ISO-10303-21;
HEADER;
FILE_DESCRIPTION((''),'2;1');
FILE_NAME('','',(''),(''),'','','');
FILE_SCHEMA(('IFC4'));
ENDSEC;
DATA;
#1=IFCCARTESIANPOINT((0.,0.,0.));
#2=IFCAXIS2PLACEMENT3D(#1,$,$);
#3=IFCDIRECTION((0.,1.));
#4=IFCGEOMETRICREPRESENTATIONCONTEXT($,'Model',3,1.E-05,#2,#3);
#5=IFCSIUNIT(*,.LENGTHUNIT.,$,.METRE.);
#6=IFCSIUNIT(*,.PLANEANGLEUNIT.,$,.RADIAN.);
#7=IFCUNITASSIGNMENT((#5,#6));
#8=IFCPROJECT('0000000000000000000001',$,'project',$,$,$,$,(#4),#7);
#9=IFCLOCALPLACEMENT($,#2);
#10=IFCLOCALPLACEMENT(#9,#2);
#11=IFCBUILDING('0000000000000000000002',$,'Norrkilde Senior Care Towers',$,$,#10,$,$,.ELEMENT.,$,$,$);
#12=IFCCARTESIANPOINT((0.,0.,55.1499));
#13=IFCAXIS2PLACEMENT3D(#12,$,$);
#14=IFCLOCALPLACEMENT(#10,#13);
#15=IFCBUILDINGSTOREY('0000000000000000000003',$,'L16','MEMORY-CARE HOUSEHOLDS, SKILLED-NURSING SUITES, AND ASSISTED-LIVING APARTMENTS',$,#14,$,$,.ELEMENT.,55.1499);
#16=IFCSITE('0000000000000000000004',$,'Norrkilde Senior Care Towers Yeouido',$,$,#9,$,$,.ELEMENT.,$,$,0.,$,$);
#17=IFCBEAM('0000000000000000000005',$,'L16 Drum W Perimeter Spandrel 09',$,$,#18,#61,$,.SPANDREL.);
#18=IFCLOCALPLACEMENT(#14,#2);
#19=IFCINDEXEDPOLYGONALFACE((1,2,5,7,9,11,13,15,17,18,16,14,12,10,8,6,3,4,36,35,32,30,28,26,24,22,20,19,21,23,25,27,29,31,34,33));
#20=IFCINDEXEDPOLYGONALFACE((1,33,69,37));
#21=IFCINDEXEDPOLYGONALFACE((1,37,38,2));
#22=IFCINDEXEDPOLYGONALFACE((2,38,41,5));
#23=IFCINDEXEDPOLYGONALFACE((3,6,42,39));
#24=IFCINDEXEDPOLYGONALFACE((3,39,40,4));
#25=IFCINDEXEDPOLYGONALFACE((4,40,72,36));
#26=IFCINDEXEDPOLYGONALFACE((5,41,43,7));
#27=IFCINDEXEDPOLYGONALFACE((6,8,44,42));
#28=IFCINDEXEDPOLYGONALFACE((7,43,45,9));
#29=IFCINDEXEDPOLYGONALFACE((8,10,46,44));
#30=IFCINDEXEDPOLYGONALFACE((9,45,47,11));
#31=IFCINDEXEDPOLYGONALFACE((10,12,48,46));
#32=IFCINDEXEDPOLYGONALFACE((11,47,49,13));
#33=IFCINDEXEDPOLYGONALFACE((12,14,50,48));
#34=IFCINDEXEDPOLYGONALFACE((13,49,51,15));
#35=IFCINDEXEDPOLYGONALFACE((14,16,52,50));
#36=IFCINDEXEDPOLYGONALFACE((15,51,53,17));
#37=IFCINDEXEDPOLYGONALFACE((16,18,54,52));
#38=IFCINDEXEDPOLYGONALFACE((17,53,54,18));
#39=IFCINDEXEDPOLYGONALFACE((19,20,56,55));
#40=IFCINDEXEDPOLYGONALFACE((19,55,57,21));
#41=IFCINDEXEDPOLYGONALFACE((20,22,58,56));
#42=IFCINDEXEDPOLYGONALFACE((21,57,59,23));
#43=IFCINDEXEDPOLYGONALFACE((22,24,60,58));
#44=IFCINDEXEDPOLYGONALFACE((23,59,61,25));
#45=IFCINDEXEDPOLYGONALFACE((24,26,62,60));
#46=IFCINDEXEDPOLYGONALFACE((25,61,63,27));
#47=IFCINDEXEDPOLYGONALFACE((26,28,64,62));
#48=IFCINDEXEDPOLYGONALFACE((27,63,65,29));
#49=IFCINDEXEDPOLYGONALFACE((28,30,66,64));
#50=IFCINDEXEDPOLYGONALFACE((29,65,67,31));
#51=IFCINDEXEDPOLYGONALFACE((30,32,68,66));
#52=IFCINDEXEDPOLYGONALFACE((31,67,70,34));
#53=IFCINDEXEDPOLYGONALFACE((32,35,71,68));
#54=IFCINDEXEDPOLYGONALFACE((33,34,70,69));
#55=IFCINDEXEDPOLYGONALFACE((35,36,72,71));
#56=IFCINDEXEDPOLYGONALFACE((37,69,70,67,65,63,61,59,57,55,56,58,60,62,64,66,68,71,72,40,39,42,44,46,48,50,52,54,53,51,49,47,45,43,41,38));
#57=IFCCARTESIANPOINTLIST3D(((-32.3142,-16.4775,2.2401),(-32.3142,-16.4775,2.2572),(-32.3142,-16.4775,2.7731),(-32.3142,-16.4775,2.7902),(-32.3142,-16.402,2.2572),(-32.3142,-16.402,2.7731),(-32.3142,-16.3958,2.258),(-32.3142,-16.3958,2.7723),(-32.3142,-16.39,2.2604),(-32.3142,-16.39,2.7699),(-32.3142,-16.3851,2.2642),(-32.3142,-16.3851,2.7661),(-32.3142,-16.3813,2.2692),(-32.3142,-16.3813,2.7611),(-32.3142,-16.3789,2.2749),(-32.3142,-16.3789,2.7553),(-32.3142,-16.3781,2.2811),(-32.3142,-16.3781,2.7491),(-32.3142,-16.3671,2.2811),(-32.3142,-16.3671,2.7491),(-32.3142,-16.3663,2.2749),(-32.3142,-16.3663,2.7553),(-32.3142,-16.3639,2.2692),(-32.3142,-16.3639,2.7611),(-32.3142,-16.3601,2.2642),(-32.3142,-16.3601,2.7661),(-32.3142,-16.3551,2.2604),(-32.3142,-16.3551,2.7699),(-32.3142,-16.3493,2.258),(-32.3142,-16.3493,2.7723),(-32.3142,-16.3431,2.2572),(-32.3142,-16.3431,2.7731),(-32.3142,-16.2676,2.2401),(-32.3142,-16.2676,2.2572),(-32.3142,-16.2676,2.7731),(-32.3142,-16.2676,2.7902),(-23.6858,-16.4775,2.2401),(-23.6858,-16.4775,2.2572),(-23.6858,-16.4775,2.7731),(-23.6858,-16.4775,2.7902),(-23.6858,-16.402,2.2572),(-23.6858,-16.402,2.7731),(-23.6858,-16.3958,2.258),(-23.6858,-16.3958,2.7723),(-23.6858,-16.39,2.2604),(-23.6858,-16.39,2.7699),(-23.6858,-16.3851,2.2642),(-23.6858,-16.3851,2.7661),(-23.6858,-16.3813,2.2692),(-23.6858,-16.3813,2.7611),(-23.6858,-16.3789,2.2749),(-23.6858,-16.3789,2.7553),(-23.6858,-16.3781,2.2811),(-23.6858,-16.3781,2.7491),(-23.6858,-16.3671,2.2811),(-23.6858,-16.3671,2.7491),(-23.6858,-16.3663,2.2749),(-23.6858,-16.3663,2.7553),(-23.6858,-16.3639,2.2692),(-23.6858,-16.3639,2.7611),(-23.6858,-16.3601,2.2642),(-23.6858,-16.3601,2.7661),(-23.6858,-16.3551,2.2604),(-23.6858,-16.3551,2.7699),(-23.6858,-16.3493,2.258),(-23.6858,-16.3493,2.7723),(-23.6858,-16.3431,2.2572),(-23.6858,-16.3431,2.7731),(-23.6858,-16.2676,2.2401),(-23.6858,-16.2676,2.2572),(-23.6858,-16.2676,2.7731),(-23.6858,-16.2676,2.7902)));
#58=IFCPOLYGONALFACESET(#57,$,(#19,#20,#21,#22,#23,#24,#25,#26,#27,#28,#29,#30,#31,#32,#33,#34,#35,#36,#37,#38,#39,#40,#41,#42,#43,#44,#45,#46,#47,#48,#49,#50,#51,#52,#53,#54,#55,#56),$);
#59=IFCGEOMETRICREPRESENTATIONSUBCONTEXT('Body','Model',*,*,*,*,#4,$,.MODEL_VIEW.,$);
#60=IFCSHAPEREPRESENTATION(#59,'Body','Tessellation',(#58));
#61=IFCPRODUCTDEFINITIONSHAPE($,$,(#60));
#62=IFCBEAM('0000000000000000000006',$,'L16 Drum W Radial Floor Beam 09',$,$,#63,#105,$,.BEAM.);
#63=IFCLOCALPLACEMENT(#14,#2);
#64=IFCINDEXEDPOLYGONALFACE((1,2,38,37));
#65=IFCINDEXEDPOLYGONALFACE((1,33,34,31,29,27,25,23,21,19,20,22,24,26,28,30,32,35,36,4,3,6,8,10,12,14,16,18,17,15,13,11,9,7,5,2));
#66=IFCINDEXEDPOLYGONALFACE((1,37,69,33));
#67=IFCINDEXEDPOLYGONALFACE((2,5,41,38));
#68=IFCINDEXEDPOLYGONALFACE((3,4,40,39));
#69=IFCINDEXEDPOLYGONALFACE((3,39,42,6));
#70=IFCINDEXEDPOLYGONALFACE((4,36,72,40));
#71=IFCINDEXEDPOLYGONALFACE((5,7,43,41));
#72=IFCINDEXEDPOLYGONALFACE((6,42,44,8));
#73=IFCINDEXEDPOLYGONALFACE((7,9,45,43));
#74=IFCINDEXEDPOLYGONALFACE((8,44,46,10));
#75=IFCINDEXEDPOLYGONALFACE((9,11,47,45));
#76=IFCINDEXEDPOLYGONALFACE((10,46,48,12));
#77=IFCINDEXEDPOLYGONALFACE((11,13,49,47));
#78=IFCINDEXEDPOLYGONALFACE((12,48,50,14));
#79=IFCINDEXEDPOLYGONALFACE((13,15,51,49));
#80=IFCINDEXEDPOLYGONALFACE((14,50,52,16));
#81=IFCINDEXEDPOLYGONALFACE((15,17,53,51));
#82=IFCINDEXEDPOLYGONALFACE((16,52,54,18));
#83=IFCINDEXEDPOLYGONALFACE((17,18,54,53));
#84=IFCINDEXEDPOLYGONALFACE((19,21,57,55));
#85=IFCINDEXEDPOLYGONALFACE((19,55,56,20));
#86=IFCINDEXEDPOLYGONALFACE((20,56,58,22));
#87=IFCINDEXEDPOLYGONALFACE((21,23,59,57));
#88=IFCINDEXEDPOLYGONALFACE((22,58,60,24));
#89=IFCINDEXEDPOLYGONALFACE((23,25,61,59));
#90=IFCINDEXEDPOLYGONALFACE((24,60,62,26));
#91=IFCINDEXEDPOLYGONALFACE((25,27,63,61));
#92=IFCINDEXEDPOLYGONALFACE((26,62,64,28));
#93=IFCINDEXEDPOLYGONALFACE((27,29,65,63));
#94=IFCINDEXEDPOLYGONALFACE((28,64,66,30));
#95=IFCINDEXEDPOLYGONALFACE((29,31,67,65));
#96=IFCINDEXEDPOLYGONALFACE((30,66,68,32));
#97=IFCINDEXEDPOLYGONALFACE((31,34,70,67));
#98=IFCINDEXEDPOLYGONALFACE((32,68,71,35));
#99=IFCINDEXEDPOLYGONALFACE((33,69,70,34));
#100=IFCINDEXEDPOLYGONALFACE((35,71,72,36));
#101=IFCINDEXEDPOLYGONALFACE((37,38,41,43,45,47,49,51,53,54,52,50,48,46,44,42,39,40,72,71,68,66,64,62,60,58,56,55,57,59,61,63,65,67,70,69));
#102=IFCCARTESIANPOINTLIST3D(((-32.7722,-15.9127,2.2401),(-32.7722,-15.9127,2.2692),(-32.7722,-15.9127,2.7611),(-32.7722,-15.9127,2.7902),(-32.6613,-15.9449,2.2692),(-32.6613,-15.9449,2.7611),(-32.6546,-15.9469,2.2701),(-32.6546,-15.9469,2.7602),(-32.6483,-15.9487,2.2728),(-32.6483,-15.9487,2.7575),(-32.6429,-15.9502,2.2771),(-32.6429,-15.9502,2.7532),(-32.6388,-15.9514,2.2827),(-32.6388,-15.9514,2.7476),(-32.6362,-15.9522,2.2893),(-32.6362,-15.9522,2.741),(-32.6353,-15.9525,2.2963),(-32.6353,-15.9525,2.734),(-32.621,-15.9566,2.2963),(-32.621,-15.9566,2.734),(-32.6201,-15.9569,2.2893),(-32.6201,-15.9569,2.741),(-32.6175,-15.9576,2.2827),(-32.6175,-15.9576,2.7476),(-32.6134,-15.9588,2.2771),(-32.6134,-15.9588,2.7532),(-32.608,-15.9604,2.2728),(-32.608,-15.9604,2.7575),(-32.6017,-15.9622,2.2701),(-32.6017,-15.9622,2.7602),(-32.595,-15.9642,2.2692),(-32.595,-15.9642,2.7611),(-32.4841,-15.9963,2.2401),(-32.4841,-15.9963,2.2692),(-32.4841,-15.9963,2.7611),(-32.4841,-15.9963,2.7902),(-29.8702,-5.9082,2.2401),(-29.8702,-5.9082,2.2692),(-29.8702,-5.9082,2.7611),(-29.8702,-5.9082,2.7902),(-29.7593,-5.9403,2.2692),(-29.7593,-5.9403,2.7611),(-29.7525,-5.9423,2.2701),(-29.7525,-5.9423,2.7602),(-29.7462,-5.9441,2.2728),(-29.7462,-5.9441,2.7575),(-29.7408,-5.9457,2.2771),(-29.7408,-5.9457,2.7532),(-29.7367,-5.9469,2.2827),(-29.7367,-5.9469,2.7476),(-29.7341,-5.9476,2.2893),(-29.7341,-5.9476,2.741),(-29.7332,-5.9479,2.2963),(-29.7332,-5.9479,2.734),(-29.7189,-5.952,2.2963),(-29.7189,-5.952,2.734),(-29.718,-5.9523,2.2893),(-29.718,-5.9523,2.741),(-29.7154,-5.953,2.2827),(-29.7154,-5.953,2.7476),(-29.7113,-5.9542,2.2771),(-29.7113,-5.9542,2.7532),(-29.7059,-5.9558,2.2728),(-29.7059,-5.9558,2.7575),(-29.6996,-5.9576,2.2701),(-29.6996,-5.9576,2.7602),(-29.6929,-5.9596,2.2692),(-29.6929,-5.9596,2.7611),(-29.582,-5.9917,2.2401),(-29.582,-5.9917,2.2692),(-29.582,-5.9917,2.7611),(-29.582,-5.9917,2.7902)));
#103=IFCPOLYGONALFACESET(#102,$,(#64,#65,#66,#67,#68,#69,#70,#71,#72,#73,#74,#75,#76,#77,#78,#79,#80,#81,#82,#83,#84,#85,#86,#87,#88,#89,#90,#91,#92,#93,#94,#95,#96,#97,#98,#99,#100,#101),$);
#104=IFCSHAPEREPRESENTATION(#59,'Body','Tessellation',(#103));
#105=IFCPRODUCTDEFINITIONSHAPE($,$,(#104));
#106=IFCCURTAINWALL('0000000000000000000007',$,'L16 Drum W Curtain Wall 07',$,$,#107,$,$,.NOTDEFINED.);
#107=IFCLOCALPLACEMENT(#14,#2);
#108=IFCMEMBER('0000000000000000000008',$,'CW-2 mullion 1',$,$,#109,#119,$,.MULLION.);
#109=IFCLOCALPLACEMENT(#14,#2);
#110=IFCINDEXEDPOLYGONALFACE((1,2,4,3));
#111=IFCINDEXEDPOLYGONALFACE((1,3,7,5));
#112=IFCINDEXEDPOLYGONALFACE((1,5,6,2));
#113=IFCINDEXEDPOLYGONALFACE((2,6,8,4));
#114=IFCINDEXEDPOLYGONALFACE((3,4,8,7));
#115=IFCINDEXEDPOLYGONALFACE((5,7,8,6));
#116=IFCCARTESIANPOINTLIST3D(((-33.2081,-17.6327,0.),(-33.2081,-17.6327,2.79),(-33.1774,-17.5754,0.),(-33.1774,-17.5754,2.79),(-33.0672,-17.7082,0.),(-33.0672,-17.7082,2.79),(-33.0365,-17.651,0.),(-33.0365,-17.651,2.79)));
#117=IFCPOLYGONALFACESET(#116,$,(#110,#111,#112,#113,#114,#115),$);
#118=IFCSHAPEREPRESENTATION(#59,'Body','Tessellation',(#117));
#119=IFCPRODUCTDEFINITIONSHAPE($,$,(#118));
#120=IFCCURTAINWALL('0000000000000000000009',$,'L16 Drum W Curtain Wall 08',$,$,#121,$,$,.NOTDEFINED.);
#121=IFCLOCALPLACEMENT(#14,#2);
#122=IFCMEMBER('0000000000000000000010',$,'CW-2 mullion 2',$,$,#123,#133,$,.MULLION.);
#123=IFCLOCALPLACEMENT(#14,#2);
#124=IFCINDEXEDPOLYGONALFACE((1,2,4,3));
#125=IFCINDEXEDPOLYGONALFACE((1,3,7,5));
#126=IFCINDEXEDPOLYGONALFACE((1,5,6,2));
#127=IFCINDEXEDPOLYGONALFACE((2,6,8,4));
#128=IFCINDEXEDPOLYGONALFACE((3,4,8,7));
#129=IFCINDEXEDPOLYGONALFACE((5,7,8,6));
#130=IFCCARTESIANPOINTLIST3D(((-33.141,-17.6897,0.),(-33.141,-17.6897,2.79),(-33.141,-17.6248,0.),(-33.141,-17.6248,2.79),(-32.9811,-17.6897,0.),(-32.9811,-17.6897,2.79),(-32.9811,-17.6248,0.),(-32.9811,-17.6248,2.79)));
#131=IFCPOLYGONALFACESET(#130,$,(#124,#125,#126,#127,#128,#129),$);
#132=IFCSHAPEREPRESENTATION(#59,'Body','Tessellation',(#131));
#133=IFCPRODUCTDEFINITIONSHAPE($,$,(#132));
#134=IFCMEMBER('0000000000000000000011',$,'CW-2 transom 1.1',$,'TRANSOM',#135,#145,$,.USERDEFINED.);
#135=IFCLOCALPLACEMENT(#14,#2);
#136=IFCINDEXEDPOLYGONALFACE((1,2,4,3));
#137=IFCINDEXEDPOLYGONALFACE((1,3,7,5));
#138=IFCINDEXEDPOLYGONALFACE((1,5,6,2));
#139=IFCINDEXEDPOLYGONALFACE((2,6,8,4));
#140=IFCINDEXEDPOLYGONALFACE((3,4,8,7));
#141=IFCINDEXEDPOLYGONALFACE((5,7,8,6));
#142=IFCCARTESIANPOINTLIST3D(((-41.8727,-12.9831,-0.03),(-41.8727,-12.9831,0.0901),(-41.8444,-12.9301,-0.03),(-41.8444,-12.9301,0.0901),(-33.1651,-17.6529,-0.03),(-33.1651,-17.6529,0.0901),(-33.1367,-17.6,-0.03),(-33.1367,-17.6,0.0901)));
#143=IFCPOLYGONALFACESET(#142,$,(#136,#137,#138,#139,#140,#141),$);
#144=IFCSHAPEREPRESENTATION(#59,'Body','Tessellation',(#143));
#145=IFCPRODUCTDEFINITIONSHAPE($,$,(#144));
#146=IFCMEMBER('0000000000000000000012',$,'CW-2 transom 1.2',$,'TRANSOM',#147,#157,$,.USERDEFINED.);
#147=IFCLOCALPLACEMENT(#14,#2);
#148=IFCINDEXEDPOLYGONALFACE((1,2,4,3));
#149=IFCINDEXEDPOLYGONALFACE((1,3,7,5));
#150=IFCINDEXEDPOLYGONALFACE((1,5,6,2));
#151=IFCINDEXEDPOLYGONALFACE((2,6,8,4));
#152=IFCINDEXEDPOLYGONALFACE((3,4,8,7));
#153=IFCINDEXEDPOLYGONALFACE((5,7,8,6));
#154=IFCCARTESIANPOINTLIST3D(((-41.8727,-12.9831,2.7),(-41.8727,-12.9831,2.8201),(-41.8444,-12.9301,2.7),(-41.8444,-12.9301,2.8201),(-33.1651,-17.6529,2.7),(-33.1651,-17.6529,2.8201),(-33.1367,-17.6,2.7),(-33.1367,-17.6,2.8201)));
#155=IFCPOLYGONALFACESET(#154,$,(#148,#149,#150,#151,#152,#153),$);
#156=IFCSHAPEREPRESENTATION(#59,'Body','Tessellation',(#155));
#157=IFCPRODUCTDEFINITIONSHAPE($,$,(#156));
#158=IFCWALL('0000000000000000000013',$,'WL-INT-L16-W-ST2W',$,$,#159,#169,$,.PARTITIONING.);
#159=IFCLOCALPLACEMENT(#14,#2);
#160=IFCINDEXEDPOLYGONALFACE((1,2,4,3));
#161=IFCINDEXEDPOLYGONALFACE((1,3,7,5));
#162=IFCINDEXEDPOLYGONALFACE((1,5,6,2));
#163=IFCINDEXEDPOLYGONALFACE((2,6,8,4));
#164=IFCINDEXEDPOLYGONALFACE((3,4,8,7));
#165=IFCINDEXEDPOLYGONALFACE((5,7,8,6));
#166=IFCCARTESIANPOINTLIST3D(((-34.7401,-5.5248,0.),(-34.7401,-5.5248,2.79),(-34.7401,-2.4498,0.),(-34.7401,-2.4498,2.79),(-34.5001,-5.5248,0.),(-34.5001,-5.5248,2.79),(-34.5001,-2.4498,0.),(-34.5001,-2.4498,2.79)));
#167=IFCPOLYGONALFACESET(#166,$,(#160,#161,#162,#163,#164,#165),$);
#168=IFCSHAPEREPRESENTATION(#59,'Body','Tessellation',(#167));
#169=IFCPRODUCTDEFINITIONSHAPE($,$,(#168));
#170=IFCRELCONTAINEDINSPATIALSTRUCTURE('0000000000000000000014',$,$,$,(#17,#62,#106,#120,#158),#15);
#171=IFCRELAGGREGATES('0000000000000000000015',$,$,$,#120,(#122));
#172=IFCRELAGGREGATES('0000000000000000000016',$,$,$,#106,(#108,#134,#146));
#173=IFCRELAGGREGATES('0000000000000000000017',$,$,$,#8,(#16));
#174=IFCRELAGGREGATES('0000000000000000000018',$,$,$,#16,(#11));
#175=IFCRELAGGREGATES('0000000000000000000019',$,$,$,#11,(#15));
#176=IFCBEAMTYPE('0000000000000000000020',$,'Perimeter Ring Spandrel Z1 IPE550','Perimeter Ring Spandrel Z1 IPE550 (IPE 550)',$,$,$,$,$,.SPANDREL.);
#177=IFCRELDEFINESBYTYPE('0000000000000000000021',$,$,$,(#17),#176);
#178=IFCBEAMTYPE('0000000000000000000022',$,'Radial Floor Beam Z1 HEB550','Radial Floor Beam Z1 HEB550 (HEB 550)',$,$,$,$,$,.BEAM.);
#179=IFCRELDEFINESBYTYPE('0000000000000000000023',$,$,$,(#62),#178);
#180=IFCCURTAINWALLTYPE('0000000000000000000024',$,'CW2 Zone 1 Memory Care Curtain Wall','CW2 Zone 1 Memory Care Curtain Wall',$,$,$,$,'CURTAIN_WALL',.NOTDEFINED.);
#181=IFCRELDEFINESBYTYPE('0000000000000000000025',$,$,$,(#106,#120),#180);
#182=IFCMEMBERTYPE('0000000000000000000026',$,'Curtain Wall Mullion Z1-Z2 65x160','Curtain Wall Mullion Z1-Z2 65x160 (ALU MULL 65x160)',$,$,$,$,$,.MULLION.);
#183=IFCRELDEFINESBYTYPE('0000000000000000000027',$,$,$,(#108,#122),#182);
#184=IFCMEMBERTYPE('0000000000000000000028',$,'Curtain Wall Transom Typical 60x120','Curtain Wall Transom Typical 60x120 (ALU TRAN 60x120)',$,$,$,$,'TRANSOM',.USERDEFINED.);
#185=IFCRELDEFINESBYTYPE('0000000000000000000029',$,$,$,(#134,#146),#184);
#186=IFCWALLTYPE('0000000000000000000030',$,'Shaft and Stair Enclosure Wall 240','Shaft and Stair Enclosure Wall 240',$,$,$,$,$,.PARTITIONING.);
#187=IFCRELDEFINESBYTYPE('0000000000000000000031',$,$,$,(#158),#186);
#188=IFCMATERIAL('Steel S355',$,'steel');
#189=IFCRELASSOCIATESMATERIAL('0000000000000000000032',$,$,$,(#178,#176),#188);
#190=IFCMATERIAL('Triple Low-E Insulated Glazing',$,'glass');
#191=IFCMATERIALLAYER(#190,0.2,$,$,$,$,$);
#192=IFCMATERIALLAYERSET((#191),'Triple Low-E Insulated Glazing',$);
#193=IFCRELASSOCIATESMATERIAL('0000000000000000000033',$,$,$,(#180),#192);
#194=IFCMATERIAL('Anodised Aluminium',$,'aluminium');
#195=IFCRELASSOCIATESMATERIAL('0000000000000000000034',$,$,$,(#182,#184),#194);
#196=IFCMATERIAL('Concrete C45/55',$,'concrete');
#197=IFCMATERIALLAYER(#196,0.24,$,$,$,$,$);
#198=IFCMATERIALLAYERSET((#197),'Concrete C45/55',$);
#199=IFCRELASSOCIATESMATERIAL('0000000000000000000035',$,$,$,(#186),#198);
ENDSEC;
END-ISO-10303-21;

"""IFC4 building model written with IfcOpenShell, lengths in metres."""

from ifc_helpers import new_model, si_unit, direction, frame, frame_2d, origin, origin_2d, place, context, subcontext, project, spatial, rectangle, i_section, extrude, source, transform, mapped, material, layer, layer_set, material_profile, profile_set, type_object, type_shapes, element, aggregate, save


model = new_model("IFC4")

# Units and contexts
model_context = context("Model", 3, precision=1e-05, world=origin(), true_north=direction((0.0, 1.0)))
body_context = subcontext(model_context, "Body", "Model", "MODEL_VIEW")
ifc_project = project(units=[si_unit("LENGTHUNIT", "METRE"), si_unit("PLANEANGLEUNIT", "RADIAN")], contexts=[model_context])

# Site, building, storey
site_placement = place(None, origin())
site = spatial("IfcSite", under=ifc_project, at=site_placement, Name="Norrkilde Senior Care Towers Yeouido", CompositionType="ELEMENT", RefElevation=0.0)
building_placement = place(site_placement, origin())
building = spatial("IfcBuilding", under=site, at=building_placement, Name="Norrkilde Senior Care Towers", CompositionType="ELEMENT")
storey_placement = place(building_placement, frame((0.0, 0.0, 55.1499)))
storey = spatial("IfcBuildingStorey", under=building, at=storey_placement, Name="L16", Description="MEMORY-CARE HOUSEHOLDS, SKILLED-NURSING SUITES, AND ASSISTED-LIVING APARTMENTS", CompositionType="ELEMENT", Elevation=55.1499)

# Beams
ifc_material_1 = material(Name="Steel S355", Category="steel")
ifc_material_profile_1 = material_profile(ifc_material_1, i_section(OverallWidth=0.3, OverallDepth=0.55, WebThickness=0.0149, FlangeThickness=0.0291, FilletRadius=0.0271, at=origin_2d()), Name="HEB 550")
ifc_profile_set_1 = profile_set([ifc_material_profile_1], Name="Steel S355")
beam_type_1 = type_object("IfcBeamType", Name="Radial Floor Beam Z1 HEB550", Description="Radial Floor Beam Z1 HEB550 (HEB 550)", PredefinedType="BEAM", material=ifc_profile_set_1)
ifc_material_profile_2 = material_profile(ifc_material_1, i_section(OverallWidth=0.21, OverallDepth=0.55, WebThickness=0.011, FlangeThickness=0.0171, FilletRadius=0.0239, at=origin_2d()), Name="IPE 550")
ifc_profile_set_2 = profile_set([ifc_material_profile_2], Name="Steel S355")
beam_type_2 = type_object("IfcBeamType", Name="Perimeter Ring Spandrel Z1 IPE550", Description="Perimeter Ring Spandrel Z1 IPE550 (IPE 550)", PredefinedType="SPANDREL", material=ifc_profile_set_2)
shared_shape_1 = source(origin(), body_context, "Body", "SweptSolid", [
    extrude(i_section(OverallWidth=0.21, OverallDepth=0.55, WebThickness=0.011, FlangeThickness=0.0171, FilletRadius=0.0239, at=origin_2d()), origin(), (0.0, 0.0, 1.0), 8.6284),
])
type_shapes(beam_type_2, [shared_shape_1])
beam_1_placement = place(storey_placement, frame((-32.3142, -16.3726, 2.5151), z_axis=(1.0, 0.0, 0.0), x_axis=(0.0, 1.0, 0.0)))
element("IfcBeam", 1, at=beam_1_placement, inside=storey, type_object=beam_type_2, Name="L16 Drum W Perimeter Spandrel 09", PredefinedType="SPANDREL", context=body_context, shape_type="MappedRepresentation", body=[
    mapped(shared_shape_1, transform((0.0, 0.0, 0.0), x_axis=(1.0, 0.0, 0.0), y_axis=(0.0, 1.0, 0.0), z_axis=(0.0, 0.0, 1.0), scale=1.0)),
])
shared_shape_2 = source(origin(), body_context, "Body", "SweptSolid", [
    extrude(i_section(OverallWidth=0.3, OverallDepth=0.55, WebThickness=0.0149, FlangeThickness=0.0291, FilletRadius=0.0271, at=origin_2d()), origin(), (0.0, 0.0, 1.0), 10.417),
])
beam_2_placement = place(storey_placement, frame((-29.7261, -5.95, 2.5151), z_axis=(-0.278591, -0.96041, 0.0), x_axis=(0.96041, -0.278591, 0.0)))
element("IfcBeam", 2, at=beam_2_placement, inside=storey, type_object=beam_type_1, Name="L16 Drum W Radial Floor Beam 09", PredefinedType="BEAM", context=body_context, shape_type="MappedRepresentation", body=[
    mapped(shared_shape_2, transform((0.0, 0.0, 0.0), x_axis=(1.0, 0.0, 0.0), y_axis=(0.0, 1.0, 0.0), z_axis=(0.0, 0.0, 1.0), scale=1.0)),
])

# Curtain walls, members
ifc_material_2 = material(Name="Triple Low-E Insulated Glazing", Category="glass")
ifc_layer_1 = layer(ifc_material_2, 0.2)
ifc_layer_set_1 = layer_set([ifc_layer_1], Name="Triple Low-E Insulated Glazing")
curtain_wall_type = type_object("IfcCurtainWallType", Name="CW2 Zone 1 Memory Care Curtain Wall", Description="CW2 Zone 1 Memory Care Curtain Wall", ElementType="CURTAIN_WALL", PredefinedType="NOTDEFINED", material=ifc_layer_set_1)
curtain_wall_1_placement = place(storey_placement, origin())
curtain_wall_1 = element("IfcCurtainWall", 3, at=curtain_wall_1_placement, inside=storey, type_object=curtain_wall_type, Name="L16 Drum W Curtain Wall 07", PredefinedType="NOTDEFINED")
ifc_material_3 = material(Name="Anodised Aluminium", Category="aluminium")
ifc_material_profile_3 = material_profile(ifc_material_3, rectangle(XDim=0.0649, YDim=0.1599, at=origin_2d()), Name="ALU MULL 65x160")
ifc_profile_set_3 = profile_set([ifc_material_profile_3], Name="Anodised Aluminium")
member_type_1 = type_object("IfcMemberType", Name="Curtain Wall Mullion Z1-Z2 65x160", Description="Curtain Wall Mullion Z1-Z2 65x160 (ALU MULL 65x160)", PredefinedType="MULLION", material=ifc_profile_set_3)
shared_shape_3 = source(origin(), body_context, "Body", "SweptSolid", [
    extrude(rectangle(XDim=0.0649, YDim=0.1599, at=origin_2d()), origin(), (0.0, 0.0, 1.0), 2.79),
])
type_shapes(member_type_1, [shared_shape_3])
member_1_placement = place(storey_placement, frame((-33.1223, -17.6418, 0.0), z_axis=(0.0, 0.0, 1.0), x_axis=(-0.472608, -0.881273, 0.0)))
member_1 = element("IfcMember", 4, at=member_1_placement, type_object=member_type_1, Name="CW-2 mullion 1", PredefinedType="MULLION", context=body_context, shape_type="MappedRepresentation", body=[
    mapped(shared_shape_3, transform((0.0, 0.0, 0.0), x_axis=(1.0, 0.0, 0.0), y_axis=(0.0, 1.0, 0.0), z_axis=(0.0, 0.0, 1.0), scale=1.0)),
])
curtain_wall_2_placement = place(storey_placement, origin())
curtain_wall_2 = element("IfcCurtainWall", 5, at=curtain_wall_2_placement, inside=storey, type_object=curtain_wall_type, Name="L16 Drum W Curtain Wall 08", PredefinedType="NOTDEFINED")
member_2_placement = place(storey_placement, frame((-33.061, -17.6572, 0.0), z_axis=(0.0, 0.0, 1.0), x_axis=(0.0, -1.0, 0.0)))
member_2 = element("IfcMember", 6, at=member_2_placement, type_object=member_type_1, Name="CW-2 mullion 2", PredefinedType="MULLION", context=body_context, shape_type="MappedRepresentation", body=[
    mapped(shared_shape_3, transform((0.0, 0.0, 0.0), x_axis=(1.0, 0.0, 0.0), y_axis=(0.0, 1.0, 0.0), z_axis=(0.0, 0.0, 1.0), scale=1.0)),
])
aggregate(curtain_wall_2, [member_2])

# Members
ifc_material_profile_4 = material_profile(ifc_material_3, rectangle(XDim=0.0601, YDim=0.1201, at=origin_2d()), Name="ALU TRAN 60x120")
ifc_profile_set_4 = profile_set([ifc_material_profile_4], Name="Anodised Aluminium")
member_type_2 = type_object("IfcMemberType", Name="Curtain Wall Transom Typical 60x120", Description="Curtain Wall Transom Typical 60x120 (ALU TRAN 60x120)", ElementType="TRANSOM", PredefinedType="USERDEFINED", material=ifc_profile_set_4)
shared_shape_4 = source(origin(), body_context, "Body", "SweptSolid", [
    extrude(rectangle(XDim=0.0601, YDim=0.1201, at=origin_2d()), origin(), (0.0, 0.0, 1.0), 9.8809),
])
type_shapes(member_type_2, [shared_shape_4])
member_3_placement = place(storey_placement, frame((-33.1509, -17.6265, 0.03), z_axis=(-0.881267, 0.472618, 0.0), x_axis=(-0.472618, -0.881267, 0.0)))
member_3 = element("IfcMember", 7, at=member_3_placement, type_object=member_type_2, Name="CW-2 transom 1.1", ObjectType="TRANSOM", PredefinedType="USERDEFINED", context=body_context, shape_type="MappedRepresentation", body=[
    mapped(shared_shape_4, transform((0.0, 0.0, 0.0), x_axis=(1.0, 0.0, 0.0), y_axis=(0.0, 1.0, 0.0), z_axis=(0.0, 0.0, 1.0), scale=1.0)),
])
member_4_placement = place(storey_placement, frame((-33.1509, -17.6265, 2.76), z_axis=(-0.881267, 0.472618, 0.0), x_axis=(-0.472618, -0.881267, 0.0)))
member_4 = element("IfcMember", 8, at=member_4_placement, type_object=member_type_2, Name="CW-2 transom 1.2", ObjectType="TRANSOM", PredefinedType="USERDEFINED", context=body_context, shape_type="MappedRepresentation", body=[
    mapped(shared_shape_4, transform((0.0, 0.0, 0.0), x_axis=(1.0, 0.0, 0.0), y_axis=(0.0, 1.0, 0.0), z_axis=(0.0, 0.0, 1.0), scale=1.0)),
])
aggregate(curtain_wall_1, [member_1, member_3, member_4])

# Shared definitions
ifc_material_4 = material(Name="Concrete C45/55", Category="concrete")
ifc_layer_2 = layer(ifc_material_4, 0.24)
ifc_layer_set_2 = layer_set([ifc_layer_2], Name="Concrete C45/55")
wall_type_1 = type_object("IfcWallType", Name="Shaft and Stair Enclosure Wall 240", Description="Shaft and Stair Enclosure Wall 240", PredefinedType="PARTITIONING", material=ifc_layer_set_2)

# Wall
shared_shape_5 = source(origin(), body_context, "Body", "SweptSolid", [
    extrude(rectangle(XDim=3.075, YDim=0.24, at=frame_2d((1.5376, 0.0))), origin(), (0.0, 0.0, 1.0), 2.79),
])
wall_1_placement = place(storey_placement, frame((-34.6201, -5.5249, 0.0), z_axis=(0.0, 0.0, 1.0), x_axis=(0.0, 1.0, 0.0)))
element("IfcWall", 9, at=wall_1_placement, inside=storey, type_object=wall_type_1, Name="WL-INT-L16-W-ST2W", PredefinedType="PARTITIONING", context=body_context, shape_type="MappedRepresentation", body=[
    mapped(shared_shape_5, transform((0.0, 0.0, 0.0), x_axis=(1.0, 0.0, 0.0), y_axis=(0.0, 1.0, 0.0), z_axis=(0.0, 0.0, 1.0), scale=1.0)),
])

save(model, "model.ifc")
